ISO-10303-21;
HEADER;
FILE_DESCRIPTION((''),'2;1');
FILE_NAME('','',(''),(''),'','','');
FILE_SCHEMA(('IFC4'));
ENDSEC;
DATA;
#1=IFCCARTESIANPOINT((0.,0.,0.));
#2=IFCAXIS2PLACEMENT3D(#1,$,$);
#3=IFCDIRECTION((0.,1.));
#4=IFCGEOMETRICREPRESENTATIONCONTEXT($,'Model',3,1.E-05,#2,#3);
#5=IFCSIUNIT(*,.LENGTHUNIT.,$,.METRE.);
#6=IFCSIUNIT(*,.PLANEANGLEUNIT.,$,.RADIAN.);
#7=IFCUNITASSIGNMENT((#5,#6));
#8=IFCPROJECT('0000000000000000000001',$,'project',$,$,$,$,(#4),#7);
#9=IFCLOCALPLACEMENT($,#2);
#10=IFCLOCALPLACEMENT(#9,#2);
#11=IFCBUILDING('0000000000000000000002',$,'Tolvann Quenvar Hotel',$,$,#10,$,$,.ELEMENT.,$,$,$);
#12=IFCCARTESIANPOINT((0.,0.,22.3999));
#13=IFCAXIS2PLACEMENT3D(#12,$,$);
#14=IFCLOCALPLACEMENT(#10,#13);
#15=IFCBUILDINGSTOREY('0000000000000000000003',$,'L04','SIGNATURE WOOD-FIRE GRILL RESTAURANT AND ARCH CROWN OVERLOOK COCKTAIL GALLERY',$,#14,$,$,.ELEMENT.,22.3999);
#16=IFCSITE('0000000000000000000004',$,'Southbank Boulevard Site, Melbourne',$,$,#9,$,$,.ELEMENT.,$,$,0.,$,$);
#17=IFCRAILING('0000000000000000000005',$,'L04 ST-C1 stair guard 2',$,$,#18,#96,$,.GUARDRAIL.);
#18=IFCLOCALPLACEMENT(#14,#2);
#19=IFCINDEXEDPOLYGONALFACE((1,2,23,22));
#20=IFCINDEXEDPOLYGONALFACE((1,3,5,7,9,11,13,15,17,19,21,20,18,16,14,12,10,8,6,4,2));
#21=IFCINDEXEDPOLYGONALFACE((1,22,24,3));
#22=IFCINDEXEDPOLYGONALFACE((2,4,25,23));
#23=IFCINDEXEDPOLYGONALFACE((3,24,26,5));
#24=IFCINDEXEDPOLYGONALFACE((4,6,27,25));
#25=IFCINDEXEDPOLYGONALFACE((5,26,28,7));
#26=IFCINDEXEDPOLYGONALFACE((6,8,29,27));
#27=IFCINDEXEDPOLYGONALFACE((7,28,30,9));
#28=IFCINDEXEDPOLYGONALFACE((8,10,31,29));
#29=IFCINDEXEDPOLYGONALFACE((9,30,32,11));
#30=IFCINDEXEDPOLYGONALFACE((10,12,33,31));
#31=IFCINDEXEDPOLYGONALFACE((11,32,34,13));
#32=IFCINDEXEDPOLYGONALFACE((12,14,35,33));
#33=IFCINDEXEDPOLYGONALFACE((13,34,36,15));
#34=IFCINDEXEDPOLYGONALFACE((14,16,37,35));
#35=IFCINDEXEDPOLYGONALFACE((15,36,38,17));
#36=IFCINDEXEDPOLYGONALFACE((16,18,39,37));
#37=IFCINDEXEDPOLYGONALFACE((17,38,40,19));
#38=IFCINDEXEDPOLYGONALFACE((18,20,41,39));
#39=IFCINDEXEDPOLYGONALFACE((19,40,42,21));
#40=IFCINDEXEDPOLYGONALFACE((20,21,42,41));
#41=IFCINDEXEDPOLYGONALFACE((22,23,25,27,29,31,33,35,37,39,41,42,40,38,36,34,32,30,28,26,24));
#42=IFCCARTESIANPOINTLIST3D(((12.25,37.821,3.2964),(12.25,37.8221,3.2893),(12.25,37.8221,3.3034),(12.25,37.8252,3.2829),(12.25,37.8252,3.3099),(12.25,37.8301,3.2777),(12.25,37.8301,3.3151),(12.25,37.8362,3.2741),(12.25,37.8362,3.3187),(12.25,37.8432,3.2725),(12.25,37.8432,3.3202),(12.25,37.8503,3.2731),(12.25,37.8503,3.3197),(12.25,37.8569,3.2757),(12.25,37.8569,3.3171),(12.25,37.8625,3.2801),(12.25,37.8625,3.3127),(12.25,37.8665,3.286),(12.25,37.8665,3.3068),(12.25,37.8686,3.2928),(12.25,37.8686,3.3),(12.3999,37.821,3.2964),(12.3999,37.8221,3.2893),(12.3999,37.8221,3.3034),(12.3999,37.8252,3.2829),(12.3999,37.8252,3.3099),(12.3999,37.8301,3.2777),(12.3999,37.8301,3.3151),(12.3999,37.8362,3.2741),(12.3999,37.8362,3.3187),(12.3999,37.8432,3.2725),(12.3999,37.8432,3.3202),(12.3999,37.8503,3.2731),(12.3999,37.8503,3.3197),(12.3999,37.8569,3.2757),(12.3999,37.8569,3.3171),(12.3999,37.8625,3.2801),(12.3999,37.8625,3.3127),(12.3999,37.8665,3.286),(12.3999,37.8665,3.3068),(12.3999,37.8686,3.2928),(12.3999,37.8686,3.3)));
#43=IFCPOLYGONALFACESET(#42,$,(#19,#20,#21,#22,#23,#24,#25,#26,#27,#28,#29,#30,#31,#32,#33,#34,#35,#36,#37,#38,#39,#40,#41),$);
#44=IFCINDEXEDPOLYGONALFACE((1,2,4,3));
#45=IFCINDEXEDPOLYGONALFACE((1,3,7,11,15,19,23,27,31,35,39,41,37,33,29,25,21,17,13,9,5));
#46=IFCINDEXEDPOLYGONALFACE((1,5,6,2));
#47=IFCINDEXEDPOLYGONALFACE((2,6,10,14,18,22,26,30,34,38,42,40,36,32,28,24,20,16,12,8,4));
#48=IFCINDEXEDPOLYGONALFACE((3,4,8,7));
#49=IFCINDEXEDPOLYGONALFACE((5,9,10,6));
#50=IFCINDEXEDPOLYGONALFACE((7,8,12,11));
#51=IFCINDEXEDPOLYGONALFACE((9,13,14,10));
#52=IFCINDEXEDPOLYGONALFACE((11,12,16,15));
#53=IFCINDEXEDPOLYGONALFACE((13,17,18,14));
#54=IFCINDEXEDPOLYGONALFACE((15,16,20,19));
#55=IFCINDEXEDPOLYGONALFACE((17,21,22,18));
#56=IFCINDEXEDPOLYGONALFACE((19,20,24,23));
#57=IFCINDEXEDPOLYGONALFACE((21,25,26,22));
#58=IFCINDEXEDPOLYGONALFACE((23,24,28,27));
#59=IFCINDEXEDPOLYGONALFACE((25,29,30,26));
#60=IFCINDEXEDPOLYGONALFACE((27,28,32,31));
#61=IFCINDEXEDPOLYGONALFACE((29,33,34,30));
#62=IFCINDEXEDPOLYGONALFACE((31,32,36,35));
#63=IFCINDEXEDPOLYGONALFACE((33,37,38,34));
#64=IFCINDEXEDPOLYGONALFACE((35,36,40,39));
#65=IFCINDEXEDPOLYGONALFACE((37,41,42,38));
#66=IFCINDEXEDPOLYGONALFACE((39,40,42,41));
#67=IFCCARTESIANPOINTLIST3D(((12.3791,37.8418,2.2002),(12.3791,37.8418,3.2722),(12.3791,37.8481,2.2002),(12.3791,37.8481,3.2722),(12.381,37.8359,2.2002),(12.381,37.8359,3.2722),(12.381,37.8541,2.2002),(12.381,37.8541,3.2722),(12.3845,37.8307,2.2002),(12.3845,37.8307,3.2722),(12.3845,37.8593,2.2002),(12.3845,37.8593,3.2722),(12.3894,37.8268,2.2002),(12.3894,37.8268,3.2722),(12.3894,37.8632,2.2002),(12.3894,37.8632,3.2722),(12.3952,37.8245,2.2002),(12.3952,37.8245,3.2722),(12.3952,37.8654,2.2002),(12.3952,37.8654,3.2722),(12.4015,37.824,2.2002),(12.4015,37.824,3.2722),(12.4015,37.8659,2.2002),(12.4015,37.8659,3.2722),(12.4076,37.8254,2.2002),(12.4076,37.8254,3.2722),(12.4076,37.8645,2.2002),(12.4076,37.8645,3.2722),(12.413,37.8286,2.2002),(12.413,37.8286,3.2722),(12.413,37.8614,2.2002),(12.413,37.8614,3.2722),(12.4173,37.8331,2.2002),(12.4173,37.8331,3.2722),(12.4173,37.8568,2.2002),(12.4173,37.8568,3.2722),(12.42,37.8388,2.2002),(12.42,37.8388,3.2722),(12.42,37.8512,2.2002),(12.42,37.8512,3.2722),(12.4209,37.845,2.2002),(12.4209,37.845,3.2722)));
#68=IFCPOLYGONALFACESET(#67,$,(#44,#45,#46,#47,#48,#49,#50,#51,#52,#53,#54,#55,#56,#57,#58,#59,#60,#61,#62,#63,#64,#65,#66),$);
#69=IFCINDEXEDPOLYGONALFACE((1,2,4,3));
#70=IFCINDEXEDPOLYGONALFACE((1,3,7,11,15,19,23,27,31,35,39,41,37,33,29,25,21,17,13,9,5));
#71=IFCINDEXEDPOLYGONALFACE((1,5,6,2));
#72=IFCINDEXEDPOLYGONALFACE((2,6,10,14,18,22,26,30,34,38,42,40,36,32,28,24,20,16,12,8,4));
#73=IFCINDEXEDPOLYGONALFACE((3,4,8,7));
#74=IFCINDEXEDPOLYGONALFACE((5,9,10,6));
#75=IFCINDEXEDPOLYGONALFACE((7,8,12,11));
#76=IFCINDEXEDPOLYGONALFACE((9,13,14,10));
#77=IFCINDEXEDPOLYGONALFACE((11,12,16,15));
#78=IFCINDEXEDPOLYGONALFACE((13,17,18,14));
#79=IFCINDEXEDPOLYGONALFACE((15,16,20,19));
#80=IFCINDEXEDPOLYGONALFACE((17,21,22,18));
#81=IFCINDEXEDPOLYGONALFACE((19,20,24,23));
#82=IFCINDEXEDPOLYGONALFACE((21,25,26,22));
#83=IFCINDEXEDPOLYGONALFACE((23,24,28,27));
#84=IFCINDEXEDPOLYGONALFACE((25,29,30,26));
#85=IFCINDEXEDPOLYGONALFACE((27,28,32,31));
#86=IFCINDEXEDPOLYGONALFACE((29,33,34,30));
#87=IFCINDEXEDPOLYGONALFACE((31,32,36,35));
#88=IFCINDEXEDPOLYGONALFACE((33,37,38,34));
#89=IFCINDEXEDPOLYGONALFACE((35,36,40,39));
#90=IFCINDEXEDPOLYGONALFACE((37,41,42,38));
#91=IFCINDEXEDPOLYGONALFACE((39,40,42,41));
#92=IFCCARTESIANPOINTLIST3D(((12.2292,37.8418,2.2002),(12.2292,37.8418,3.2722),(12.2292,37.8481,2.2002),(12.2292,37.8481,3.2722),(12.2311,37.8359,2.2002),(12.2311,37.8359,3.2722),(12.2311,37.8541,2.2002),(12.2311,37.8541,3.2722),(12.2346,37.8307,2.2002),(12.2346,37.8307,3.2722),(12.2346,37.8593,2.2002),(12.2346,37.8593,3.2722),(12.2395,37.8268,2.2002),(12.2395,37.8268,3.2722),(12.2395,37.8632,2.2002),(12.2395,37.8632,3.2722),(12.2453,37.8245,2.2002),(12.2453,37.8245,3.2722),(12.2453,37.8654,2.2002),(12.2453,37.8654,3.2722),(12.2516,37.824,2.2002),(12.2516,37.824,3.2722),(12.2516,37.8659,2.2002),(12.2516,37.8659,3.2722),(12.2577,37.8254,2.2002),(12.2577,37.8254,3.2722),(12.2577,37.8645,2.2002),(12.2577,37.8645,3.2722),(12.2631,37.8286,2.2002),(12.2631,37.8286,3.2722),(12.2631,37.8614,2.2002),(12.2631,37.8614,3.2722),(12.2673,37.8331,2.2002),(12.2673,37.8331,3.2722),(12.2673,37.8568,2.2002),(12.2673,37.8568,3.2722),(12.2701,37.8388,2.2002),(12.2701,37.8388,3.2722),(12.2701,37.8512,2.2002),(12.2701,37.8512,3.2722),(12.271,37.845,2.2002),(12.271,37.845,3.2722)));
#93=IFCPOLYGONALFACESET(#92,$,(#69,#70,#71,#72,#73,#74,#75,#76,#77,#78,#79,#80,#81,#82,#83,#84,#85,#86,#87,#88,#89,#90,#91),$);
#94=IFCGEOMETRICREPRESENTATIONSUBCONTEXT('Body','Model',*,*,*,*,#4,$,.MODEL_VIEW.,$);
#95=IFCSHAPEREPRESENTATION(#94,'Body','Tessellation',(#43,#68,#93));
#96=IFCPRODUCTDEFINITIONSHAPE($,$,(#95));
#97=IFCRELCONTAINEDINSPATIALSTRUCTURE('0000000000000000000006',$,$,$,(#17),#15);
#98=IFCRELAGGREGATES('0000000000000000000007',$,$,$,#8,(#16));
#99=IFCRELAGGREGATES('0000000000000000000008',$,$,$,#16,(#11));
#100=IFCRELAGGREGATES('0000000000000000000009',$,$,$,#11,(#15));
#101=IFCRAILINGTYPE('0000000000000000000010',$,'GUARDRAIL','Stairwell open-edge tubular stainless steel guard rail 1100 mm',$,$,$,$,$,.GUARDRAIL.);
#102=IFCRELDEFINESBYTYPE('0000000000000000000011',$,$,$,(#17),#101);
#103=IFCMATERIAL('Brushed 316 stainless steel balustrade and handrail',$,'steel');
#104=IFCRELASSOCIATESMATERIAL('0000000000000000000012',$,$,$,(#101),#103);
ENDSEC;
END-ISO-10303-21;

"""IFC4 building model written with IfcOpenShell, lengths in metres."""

from ifc_helpers import new_model, si_unit, direction, frame, origin, origin_2d, place, context, subcontext, project, spatial, circle, extrude, material, type_object, element, save


model = new_model("IFC4")

# Units and contexts
model_context = context("Model", 3, precision=1e-05, world=origin(), true_north=direction((0.0, 1.0)))
body_context = subcontext(model_context, "Body", "Model", "MODEL_VIEW")
ifc_project = project(units=[si_unit("LENGTHUNIT", "METRE"), si_unit("PLANEANGLEUNIT", "RADIAN")], contexts=[model_context])

# Site, building, storey
site_placement = place(None, origin())
site = spatial("IfcSite", under=ifc_project, at=site_placement, Name="Southbank Boulevard Site, Melbourne", CompositionType="ELEMENT", RefElevation=0.0)
building_placement = place(site_placement, origin())
building = spatial("IfcBuilding", under=site, at=building_placement, Name="Tolvann Quenvar Hotel", CompositionType="ELEMENT")
storey_placement = place(building_placement, frame((0.0, 0.0, 22.3999)))
storey = spatial("IfcBuildingStorey", under=building, at=storey_placement, Name="L04", Description="SIGNATURE WOOD-FIRE GRILL RESTAURANT AND ARCH CROWN OVERLOOK COCKTAIL GALLERY", CompositionType="ELEMENT", Elevation=22.3999)

# Railing
ifc_material_1 = material(Name="Brushed 316 stainless steel balustrade and handrail", Category="steel")
railing_type_1 = type_object("IfcRailingType", Name="GUARDRAIL", Description="Stairwell open-edge tubular stainless steel guard rail 1100 mm", PredefinedType="GUARDRAIL", material=ifc_material_1)
railing_1_placement = place(storey_placement, frame((12.3999, 37.845, 2.2002)))
element("IfcRailing", 1, at=railing_1_placement, inside=storey, type_object=railing_type_1, Name="L04 ST-C1 stair guard 2", PredefinedType="GUARDRAIL", context=body_context, shape_type="SweptSolid", body=[
    extrude(circle(Radius=0.0239, at=origin_2d()), frame((0.0, 0.0, 1.0962), z_axis=(-1.0, 0.0, 0.0), x_axis=(0.0, -1.0, 0.0)), (0.0, 0.0, 1.0), 0.1499),
    extrude(circle(Radius=0.021, at=origin_2d()), origin(), (0.0, 0.0, 1.0), 1.072),
    extrude(circle(Radius=0.021, at=origin_2d()), frame((-0.1499, 0.0, 0.0)), (0.0, 0.0, 1.0), 1.072),
])

save(model, "model.ifc")
